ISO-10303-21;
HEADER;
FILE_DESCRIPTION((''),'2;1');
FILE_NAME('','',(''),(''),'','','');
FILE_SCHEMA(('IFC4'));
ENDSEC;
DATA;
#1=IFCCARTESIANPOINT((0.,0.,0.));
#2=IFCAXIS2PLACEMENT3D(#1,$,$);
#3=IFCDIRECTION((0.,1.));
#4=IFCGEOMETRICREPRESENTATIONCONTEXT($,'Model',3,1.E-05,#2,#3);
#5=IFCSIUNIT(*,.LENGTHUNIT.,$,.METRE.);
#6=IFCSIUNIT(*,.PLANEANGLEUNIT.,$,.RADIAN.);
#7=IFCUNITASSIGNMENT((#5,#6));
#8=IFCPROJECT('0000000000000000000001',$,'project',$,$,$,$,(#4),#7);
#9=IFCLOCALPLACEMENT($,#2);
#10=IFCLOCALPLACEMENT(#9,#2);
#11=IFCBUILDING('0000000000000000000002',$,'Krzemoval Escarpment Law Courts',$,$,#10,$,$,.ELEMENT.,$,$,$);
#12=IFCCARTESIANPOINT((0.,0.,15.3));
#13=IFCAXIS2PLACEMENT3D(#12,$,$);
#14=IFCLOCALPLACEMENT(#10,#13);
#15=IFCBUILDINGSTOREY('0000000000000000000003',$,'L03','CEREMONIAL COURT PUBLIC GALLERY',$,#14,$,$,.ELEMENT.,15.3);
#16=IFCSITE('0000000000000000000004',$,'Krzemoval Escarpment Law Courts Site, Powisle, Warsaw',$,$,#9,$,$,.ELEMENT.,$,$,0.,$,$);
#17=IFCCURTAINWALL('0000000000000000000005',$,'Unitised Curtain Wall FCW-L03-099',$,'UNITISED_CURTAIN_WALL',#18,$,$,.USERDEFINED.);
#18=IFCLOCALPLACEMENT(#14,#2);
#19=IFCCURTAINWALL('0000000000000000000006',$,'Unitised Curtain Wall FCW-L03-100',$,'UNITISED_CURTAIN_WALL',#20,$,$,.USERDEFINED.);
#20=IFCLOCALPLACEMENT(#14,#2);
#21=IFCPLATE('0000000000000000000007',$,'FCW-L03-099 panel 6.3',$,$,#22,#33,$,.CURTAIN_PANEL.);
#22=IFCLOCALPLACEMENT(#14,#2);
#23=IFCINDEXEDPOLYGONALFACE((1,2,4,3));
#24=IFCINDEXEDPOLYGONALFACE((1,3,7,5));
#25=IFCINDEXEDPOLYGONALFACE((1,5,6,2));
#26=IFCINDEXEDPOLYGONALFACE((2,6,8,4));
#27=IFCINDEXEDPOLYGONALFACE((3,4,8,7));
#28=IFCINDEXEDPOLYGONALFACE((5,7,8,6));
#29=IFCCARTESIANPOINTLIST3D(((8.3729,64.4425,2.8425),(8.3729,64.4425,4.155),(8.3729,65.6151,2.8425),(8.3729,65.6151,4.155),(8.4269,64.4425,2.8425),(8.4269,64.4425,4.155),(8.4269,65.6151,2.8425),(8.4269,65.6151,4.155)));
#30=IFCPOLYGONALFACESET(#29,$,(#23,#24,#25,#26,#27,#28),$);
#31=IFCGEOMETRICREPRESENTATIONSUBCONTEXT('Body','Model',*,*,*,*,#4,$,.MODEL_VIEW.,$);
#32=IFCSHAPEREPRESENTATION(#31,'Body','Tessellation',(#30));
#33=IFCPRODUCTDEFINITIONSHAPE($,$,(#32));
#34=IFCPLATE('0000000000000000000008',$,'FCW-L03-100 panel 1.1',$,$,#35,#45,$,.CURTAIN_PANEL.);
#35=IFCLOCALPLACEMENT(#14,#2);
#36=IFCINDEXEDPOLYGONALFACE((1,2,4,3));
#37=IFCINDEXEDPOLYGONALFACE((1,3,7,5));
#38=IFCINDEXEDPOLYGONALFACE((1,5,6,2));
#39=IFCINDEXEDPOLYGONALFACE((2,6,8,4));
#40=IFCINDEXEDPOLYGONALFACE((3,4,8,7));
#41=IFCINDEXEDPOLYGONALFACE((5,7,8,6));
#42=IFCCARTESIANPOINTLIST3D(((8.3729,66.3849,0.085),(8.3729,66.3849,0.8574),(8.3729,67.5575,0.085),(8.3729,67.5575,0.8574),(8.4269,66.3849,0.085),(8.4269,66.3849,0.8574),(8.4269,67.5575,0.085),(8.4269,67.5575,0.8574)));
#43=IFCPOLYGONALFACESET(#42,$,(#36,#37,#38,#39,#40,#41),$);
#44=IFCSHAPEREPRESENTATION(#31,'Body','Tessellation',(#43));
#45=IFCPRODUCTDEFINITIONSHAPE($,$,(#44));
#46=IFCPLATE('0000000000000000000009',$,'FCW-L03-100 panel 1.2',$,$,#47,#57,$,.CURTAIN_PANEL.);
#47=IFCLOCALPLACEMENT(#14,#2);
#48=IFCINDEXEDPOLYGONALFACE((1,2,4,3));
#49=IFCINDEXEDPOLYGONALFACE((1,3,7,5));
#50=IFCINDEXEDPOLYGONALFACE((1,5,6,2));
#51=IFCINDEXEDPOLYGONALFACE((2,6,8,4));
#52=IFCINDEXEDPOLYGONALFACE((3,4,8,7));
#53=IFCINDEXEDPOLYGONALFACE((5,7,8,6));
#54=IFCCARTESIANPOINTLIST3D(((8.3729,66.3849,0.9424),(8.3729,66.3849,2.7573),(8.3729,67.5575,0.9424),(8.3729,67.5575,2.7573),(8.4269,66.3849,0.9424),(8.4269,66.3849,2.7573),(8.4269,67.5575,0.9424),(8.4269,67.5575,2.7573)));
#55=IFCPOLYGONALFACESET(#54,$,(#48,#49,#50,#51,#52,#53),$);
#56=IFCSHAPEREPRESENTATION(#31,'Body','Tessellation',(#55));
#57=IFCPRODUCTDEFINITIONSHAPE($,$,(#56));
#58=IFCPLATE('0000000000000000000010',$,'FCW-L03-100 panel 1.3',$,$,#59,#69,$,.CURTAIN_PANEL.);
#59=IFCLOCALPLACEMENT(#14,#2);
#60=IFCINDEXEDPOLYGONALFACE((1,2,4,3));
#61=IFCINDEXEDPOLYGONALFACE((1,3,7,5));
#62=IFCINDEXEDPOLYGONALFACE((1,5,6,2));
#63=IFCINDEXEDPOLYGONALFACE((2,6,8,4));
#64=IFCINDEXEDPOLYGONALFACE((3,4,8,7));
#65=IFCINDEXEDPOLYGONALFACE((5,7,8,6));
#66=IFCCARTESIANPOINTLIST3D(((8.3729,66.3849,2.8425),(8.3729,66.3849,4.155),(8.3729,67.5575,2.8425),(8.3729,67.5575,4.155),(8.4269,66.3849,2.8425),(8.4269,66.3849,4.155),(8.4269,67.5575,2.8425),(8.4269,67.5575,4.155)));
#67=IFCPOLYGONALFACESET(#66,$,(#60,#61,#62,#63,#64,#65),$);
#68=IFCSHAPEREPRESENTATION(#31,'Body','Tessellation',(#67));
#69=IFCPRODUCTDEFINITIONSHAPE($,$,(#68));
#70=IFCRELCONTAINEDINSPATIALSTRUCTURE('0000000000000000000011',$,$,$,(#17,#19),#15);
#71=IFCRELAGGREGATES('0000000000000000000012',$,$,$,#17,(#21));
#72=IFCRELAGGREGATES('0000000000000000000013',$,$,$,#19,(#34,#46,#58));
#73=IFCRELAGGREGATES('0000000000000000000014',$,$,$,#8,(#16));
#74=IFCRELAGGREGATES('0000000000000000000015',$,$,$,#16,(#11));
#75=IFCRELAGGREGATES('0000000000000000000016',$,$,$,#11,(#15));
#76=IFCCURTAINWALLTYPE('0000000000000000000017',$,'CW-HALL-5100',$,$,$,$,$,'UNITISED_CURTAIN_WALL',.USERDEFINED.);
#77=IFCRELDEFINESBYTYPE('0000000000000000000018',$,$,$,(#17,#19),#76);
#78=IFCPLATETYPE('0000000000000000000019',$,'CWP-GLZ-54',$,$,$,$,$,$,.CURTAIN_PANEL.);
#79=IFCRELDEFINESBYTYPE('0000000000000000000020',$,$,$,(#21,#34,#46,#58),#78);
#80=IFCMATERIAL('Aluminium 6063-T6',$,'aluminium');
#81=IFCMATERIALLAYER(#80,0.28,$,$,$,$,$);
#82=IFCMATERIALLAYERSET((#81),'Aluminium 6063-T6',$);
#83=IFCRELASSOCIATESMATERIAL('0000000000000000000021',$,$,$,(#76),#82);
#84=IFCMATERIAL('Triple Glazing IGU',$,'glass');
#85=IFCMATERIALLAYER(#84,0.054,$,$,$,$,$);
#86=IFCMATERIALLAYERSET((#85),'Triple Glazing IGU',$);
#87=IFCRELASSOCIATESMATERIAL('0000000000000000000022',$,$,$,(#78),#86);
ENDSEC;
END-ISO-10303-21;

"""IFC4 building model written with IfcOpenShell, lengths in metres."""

from ifc_helpers import new_model, si_unit, direction, frame, origin, origin_2d, place, context, subcontext, project, spatial, rectangle, extrude, material, layer, layer_set, type_object, element, aggregate, save


model = new_model("IFC4")

# Units and contexts
model_context = context("Model", 3, precision=1e-05, world=origin(), true_north=direction((0.0, 1.0)))
body_context = subcontext(model_context, "Body", "Model", "MODEL_VIEW")
ifc_project = project(units=[si_unit("LENGTHUNIT", "METRE"), si_unit("PLANEANGLEUNIT", "RADIAN")], contexts=[model_context])

# Site, building, storey
site_placement = place(None, origin())
site = spatial("IfcSite", under=ifc_project, at=site_placement, Name="Krzemoval Escarpment Law Courts Site, Powisle, Warsaw", CompositionType="ELEMENT", RefElevation=0.0)
building_placement = place(site_placement, origin())
building = spatial("IfcBuilding", under=site, at=building_placement, Name="Krzemoval Escarpment Law Courts", CompositionType="ELEMENT")
storey_placement = place(building_placement, frame((0.0, 0.0, 15.3)))
storey = spatial("IfcBuildingStorey", under=building, at=storey_placement, Name="L03", Description="CEREMONIAL COURT PUBLIC GALLERY", CompositionType="ELEMENT", Elevation=15.3)

# Curtain walls
ifc_material_1 = material(Name="Aluminium 6063-T6", Category="aluminium")
ifc_layer_1 = layer(ifc_material_1, 0.28)
ifc_layer_set_1 = layer_set([ifc_layer_1], Name="Aluminium 6063-T6")
curtain_wall_type = type_object("IfcCurtainWallType", Name="CW-HALL-5100", ElementType="UNITISED_CURTAIN_WALL", PredefinedType="USERDEFINED", material=ifc_layer_set_1)
curtain_wall_1_placement = place(storey_placement, origin())
curtain_wall_1 = element("IfcCurtainWall", 1, at=curtain_wall_1_placement, inside=storey, type_object=curtain_wall_type, Name="Unitised Curtain Wall FCW-L03-099", ObjectType="UNITISED_CURTAIN_WALL", PredefinedType="USERDEFINED")
curtain_wall_2_placement = place(storey_placement, origin())
curtain_wall_2 = element("IfcCurtainWall", 2, at=curtain_wall_2_placement, inside=storey, type_object=curtain_wall_type, Name="Unitised Curtain Wall FCW-L03-100", ObjectType="UNITISED_CURTAIN_WALL", PredefinedType="USERDEFINED")

# Plates
ifc_material_2 = material(Name="Triple Glazing IGU", Category="glass")
ifc_layer_2 = layer(ifc_material_2, 0.054)
ifc_layer_set_2 = layer_set([ifc_layer_2], Name="Triple Glazing IGU")
plate_type = type_object("IfcPlateType", Name="CWP-GLZ-54", PredefinedType="CURTAIN_PANEL", material=ifc_layer_set_2)
plate_1_placement = place(storey_placement, frame((8.3999, 65.0288, 2.8425), z_axis=(0.0, 0.0, 1.0), x_axis=(0.0, 1.0, 0.0)))
plate_1 = element("IfcPlate", 3, at=plate_1_placement, type_object=plate_type, Name="FCW-L03-099 panel 6.3", PredefinedType="CURTAIN_PANEL", context=body_context, shape_type="SweptSolid", body=[
    extrude(rectangle(XDim=1.1726, YDim=0.054, at=origin_2d()), origin(), (0.0, 0.0, 1.0), 1.3125),
])
aggregate(curtain_wall_1, [plate_1])
plate_2_placement = place(storey_placement, frame((8.3999, 66.9712, 0.085), z_axis=(0.0, 0.0, 1.0), x_axis=(0.0, 1.0, 0.0)))
plate_2 = element("IfcPlate", 4, at=plate_2_placement, type_object=plate_type, Name="FCW-L03-100 panel 1.1", PredefinedType="CURTAIN_PANEL", context=body_context, shape_type="SweptSolid", body=[
    extrude(rectangle(XDim=1.1726, YDim=0.054, at=origin_2d()), origin(), (0.0, 0.0, 1.0), 0.7725),
])
plate_3_placement = place(storey_placement, frame((8.3999, 66.9712, 0.9424), z_axis=(0.0, 0.0, 1.0), x_axis=(0.0, 1.0, 0.0)))
plate_3 = element("IfcPlate", 5, at=plate_3_placement, type_object=plate_type, Name="FCW-L03-100 panel 1.2", PredefinedType="CURTAIN_PANEL", context=body_context, shape_type="SweptSolid", body=[
    extrude(rectangle(XDim=1.1726, YDim=0.054, at=origin_2d()), origin(), (0.0, 0.0, 1.0), 1.8149),
])
plate_4_placement = place(storey_placement, frame((8.3999, 66.9712, 2.8425), z_axis=(0.0, 0.0, 1.0), x_axis=(0.0, 1.0, 0.0)))
plate_4 = element("IfcPlate", 6, at=plate_4_placement, type_object=plate_type, Name="FCW-L03-100 panel 1.3", PredefinedType="CURTAIN_PANEL", context=body_context, shape_type="SweptSolid", body=[
    extrude(rectangle(XDim=1.1726, YDim=0.054, at=origin_2d()), origin(), (0.0, 0.0, 1.0), 1.3125),
])
aggregate(curtain_wall_2, [plate_2, plate_3, plate_4])

save(model, "model.ifc")
